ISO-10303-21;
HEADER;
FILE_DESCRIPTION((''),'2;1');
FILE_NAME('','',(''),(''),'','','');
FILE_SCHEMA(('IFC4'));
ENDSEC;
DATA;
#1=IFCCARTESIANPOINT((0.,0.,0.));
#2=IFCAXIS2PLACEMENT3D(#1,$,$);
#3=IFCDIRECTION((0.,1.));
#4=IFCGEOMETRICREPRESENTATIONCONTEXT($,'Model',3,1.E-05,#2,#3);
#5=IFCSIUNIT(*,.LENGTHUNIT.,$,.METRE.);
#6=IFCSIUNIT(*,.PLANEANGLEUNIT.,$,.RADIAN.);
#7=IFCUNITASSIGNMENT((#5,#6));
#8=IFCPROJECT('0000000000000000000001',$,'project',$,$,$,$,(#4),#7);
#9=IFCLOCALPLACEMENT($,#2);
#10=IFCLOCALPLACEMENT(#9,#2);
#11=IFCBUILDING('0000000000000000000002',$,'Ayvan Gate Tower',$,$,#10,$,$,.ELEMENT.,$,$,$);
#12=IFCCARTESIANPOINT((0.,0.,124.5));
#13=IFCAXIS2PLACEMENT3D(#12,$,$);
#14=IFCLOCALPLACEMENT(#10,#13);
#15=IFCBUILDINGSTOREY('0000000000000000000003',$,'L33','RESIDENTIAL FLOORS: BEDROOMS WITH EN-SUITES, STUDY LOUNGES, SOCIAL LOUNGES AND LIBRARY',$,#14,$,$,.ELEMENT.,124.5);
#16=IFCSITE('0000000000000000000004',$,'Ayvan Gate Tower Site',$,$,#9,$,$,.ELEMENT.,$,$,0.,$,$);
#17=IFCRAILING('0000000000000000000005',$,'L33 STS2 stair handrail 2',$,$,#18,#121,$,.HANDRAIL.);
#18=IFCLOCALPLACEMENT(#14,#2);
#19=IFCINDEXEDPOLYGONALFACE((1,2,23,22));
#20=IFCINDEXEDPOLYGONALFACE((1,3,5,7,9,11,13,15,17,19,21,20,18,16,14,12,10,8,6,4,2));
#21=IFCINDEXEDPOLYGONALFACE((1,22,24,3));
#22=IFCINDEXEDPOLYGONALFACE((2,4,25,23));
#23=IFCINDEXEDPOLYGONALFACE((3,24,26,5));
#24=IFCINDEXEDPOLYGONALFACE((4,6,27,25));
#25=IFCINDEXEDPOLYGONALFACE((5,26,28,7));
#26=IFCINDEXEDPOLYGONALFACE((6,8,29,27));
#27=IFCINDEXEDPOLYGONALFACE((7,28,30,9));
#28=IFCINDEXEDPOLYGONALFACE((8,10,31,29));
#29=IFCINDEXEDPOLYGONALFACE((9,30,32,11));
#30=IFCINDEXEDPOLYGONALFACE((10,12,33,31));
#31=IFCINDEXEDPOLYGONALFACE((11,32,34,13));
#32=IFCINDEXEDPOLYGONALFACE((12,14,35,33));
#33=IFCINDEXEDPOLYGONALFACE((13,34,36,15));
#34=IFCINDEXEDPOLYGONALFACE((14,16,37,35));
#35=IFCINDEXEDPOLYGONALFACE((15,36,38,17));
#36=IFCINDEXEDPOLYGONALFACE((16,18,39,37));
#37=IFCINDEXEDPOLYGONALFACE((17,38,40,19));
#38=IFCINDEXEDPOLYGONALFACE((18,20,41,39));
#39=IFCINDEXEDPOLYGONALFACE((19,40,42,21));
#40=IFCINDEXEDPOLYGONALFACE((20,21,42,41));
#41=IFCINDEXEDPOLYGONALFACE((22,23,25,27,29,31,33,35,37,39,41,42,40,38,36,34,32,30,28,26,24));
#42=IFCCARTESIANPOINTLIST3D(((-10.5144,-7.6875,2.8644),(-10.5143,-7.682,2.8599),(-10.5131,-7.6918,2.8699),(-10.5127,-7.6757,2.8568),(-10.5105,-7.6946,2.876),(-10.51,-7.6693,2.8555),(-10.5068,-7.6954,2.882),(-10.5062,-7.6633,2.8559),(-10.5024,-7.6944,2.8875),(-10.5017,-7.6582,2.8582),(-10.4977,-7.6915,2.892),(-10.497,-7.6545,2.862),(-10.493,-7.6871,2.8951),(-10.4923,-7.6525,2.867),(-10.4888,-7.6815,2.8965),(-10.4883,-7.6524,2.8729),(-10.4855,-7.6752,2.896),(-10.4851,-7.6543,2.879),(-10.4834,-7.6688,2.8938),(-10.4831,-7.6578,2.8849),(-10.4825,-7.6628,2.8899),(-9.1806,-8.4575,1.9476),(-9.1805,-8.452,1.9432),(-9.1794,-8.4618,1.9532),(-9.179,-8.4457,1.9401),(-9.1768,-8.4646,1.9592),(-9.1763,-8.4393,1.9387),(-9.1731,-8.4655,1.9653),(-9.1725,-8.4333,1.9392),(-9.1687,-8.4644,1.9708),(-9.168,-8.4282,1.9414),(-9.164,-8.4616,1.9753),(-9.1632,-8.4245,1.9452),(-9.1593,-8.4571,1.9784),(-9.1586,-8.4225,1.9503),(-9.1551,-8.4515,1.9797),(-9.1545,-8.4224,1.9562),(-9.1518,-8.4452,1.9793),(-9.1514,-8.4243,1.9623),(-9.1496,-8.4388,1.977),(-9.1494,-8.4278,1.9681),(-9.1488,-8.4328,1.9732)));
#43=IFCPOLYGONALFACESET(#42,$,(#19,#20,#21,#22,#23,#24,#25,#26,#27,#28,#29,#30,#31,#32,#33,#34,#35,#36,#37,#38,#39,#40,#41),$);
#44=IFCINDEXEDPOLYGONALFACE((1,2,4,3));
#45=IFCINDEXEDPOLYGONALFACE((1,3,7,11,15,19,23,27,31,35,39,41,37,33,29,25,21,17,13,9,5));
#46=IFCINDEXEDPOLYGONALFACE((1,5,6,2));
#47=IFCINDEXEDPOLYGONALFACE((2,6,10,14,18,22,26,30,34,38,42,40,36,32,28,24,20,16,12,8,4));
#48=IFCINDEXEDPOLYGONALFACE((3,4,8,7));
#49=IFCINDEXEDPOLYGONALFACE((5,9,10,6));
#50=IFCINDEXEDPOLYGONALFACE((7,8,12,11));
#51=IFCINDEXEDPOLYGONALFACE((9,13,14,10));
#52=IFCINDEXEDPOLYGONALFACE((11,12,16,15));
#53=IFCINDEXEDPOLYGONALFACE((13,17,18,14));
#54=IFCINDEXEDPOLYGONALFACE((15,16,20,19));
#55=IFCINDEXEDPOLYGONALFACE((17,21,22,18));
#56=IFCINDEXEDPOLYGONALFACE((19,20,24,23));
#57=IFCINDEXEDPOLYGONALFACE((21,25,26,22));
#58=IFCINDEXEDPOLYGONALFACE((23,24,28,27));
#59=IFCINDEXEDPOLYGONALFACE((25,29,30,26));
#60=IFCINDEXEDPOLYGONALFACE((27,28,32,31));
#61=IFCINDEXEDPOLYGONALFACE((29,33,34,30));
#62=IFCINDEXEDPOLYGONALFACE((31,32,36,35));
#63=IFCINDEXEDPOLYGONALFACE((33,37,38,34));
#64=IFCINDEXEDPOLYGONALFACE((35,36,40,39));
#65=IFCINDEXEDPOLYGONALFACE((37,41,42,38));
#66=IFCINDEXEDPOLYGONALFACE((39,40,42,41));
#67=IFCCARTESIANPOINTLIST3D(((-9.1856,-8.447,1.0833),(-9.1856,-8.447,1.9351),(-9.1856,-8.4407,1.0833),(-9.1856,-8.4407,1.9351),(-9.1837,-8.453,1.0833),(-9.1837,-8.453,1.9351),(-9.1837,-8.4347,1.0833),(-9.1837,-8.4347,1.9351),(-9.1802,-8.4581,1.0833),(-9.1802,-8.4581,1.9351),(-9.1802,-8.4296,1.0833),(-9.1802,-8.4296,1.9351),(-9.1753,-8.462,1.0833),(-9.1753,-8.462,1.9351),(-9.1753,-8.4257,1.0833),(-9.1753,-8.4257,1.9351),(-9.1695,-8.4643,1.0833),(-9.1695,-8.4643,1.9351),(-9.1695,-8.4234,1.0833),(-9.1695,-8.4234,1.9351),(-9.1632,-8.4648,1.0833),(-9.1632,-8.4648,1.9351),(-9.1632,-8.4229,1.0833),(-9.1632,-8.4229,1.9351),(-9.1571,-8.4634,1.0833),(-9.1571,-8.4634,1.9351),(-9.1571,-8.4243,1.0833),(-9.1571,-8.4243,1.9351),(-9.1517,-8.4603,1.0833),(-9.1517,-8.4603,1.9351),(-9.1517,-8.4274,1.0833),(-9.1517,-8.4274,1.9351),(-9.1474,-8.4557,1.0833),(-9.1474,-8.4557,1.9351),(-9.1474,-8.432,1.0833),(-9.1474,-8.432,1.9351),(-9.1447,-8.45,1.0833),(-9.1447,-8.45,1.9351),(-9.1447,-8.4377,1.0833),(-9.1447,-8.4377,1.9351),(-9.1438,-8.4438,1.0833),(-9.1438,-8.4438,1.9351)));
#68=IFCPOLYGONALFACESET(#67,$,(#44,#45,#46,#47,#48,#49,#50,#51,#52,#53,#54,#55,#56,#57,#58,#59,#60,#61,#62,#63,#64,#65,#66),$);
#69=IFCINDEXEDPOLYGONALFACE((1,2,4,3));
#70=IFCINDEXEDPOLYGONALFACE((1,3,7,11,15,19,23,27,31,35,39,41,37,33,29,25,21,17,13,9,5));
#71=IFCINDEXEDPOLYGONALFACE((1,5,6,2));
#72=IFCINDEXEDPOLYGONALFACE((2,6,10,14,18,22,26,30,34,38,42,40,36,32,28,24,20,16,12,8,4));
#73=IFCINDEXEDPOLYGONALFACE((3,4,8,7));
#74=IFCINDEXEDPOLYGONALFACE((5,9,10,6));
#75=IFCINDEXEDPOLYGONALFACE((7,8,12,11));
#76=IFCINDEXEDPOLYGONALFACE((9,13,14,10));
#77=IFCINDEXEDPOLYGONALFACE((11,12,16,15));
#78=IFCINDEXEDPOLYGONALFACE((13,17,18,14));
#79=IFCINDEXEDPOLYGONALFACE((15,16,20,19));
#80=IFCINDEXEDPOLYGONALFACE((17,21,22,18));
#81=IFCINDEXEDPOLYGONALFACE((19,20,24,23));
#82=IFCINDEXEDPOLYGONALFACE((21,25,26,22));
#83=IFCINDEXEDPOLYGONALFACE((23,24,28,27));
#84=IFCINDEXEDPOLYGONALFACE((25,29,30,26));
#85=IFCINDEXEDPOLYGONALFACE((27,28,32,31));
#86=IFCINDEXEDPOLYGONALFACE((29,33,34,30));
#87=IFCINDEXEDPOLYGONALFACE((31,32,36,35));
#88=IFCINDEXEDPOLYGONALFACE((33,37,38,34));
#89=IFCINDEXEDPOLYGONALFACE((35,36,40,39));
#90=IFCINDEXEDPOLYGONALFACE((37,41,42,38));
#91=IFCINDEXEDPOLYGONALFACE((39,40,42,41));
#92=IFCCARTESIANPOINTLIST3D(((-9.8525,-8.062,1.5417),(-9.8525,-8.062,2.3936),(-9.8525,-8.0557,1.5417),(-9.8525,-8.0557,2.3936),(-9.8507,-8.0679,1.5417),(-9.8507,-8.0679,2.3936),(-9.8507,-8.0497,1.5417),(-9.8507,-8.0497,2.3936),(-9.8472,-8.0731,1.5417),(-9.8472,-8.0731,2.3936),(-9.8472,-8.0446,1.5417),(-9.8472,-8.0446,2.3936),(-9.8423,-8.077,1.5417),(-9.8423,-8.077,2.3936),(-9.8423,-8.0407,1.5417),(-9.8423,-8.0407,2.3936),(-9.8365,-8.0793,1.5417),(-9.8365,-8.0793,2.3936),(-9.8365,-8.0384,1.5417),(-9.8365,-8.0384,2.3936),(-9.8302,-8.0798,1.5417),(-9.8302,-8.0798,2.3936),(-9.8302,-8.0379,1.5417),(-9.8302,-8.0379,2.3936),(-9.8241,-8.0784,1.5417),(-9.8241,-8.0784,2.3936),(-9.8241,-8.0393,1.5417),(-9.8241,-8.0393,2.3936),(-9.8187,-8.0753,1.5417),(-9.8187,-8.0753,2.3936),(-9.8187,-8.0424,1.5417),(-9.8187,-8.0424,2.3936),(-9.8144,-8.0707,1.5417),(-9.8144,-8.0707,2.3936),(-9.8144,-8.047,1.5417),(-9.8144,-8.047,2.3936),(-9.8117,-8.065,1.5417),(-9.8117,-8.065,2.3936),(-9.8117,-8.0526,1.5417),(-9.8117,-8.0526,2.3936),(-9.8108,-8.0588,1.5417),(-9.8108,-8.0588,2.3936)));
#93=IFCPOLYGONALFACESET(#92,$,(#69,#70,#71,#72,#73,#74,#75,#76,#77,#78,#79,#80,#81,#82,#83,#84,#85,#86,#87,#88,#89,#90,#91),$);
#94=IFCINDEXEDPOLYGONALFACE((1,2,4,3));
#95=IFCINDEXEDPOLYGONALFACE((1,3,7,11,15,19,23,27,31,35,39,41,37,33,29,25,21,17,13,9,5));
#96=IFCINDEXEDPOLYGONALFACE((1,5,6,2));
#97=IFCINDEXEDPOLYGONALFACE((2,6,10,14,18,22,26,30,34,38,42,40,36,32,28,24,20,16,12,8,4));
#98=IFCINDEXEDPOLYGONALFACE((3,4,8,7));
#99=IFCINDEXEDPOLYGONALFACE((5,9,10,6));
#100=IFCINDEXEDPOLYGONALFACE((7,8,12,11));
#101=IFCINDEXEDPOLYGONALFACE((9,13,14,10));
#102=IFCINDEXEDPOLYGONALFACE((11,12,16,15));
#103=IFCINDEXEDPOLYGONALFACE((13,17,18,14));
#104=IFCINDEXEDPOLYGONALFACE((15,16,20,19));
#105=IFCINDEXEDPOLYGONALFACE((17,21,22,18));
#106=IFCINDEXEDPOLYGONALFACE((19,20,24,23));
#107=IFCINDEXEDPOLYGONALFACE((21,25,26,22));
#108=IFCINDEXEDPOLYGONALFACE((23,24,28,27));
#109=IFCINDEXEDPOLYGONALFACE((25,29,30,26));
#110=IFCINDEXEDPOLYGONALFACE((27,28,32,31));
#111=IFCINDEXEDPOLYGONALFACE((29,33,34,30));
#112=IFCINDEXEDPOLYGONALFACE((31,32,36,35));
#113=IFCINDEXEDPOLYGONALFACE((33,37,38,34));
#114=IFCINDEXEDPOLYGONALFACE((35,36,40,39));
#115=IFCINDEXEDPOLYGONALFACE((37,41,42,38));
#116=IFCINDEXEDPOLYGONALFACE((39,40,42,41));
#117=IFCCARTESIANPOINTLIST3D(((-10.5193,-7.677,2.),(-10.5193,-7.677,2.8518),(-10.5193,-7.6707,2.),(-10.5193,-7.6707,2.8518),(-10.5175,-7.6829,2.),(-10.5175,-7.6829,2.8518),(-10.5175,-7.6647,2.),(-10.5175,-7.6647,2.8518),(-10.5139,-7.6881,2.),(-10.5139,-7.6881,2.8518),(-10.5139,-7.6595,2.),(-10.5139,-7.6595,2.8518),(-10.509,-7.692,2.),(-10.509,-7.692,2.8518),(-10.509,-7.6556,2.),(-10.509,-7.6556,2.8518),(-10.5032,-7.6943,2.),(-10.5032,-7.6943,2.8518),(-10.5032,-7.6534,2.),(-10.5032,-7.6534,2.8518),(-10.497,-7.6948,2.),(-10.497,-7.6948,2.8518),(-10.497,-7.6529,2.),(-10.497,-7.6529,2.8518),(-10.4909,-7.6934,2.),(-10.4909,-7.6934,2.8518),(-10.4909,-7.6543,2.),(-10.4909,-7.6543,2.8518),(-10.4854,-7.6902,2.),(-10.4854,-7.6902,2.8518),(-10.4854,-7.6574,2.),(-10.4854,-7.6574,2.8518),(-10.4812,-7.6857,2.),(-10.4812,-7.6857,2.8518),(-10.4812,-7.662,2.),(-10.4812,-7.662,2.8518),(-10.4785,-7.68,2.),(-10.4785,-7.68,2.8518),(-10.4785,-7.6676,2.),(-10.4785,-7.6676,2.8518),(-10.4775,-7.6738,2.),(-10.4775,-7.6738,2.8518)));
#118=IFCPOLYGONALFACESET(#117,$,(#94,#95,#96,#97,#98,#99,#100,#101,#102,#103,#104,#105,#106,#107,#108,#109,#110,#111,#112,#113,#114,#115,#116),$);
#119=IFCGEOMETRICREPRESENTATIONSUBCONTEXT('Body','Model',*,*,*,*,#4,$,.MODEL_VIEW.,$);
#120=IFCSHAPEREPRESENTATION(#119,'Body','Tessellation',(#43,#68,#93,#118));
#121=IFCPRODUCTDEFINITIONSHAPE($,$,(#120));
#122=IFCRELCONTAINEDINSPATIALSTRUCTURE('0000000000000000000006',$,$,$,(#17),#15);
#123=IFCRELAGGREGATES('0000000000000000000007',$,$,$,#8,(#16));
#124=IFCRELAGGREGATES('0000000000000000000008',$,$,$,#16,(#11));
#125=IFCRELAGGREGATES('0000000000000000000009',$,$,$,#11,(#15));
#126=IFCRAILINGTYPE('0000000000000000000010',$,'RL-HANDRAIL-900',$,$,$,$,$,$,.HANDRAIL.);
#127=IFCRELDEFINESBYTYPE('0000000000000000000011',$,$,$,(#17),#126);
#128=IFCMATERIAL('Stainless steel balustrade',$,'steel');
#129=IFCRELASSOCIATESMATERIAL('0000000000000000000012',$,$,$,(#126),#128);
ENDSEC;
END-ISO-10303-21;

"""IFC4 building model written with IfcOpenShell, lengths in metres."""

from ifc_helpers import new_model, si_unit, direction, frame, origin, origin_2d, place, context, subcontext, project, spatial, circle, extrude, material, type_object, element, save


model = new_model("IFC4")

# Units and contexts
model_context = context("Model", 3, precision=1e-05, world=origin(), true_north=direction((0.0, 1.0)))
body_context = subcontext(model_context, "Body", "Model", "MODEL_VIEW")
ifc_project = project(units=[si_unit("LENGTHUNIT", "METRE"), si_unit("PLANEANGLEUNIT", "RADIAN")], contexts=[model_context])

# Site, building, storey
site_placement = place(None, origin())
site = spatial("IfcSite", under=ifc_project, at=site_placement, Name="Ayvan Gate Tower Site", CompositionType="ELEMENT", RefElevation=0.0)
building_placement = place(site_placement, origin())
building = spatial("IfcBuilding", under=site, at=building_placement, Name="Ayvan Gate Tower", CompositionType="ELEMENT")
storey_placement = place(building_placement, frame((0.0, 0.0, 124.5)))
storey = spatial("IfcBuildingStorey", under=building, at=storey_placement, Name="L33", Description="RESIDENTIAL FLOORS: BEDROOMS WITH EN-SUITES, STUDY LOUNGES, SOCIAL LOUNGES AND LIBRARY", CompositionType="ELEMENT", Elevation=124.5)

# Railing
ifc_material_1 = material(Name="Stainless steel balustrade", Category="steel")
railing_type_1 = type_object("IfcRailingType", Name="RL-HANDRAIL-900", PredefinedType="HANDRAIL", material=ifc_material_1)
railing_1_placement = place(storey_placement, frame((-9.1648, -8.4438, 1.0833)))
element("IfcRailing", 1, at=railing_1_placement, inside=storey, type_object=railing_type_1, Name="L33 STS2 stair handrail 2", PredefinedType="HANDRAIL", context=body_context, shape_type="SweptSolid", body=[
    extrude(circle(Radius=0.0239, at=origin_2d()), frame((0.0, 0.0, 0.876), z_axis=(-0.744164, 0.429634, 0.511502), x_axis=(-0.499992, -0.86603, 0.0)), (0.0, 0.0, 1.0), 1.7922),
    extrude(circle(Radius=0.021, at=origin_2d()), origin(), (0.0, 0.0, 1.0), 0.8518),
    extrude(circle(Radius=0.021, at=origin_2d()), frame((-0.667, 0.385, 0.4585)), (0.0, 0.0, 1.0), 0.8518),
    extrude(circle(Radius=0.021, at=origin_2d()), frame((-1.3337, 0.77, 0.9167)), (0.0, 0.0, 1.0), 0.8518),
])

save(model, "model.ifc")
